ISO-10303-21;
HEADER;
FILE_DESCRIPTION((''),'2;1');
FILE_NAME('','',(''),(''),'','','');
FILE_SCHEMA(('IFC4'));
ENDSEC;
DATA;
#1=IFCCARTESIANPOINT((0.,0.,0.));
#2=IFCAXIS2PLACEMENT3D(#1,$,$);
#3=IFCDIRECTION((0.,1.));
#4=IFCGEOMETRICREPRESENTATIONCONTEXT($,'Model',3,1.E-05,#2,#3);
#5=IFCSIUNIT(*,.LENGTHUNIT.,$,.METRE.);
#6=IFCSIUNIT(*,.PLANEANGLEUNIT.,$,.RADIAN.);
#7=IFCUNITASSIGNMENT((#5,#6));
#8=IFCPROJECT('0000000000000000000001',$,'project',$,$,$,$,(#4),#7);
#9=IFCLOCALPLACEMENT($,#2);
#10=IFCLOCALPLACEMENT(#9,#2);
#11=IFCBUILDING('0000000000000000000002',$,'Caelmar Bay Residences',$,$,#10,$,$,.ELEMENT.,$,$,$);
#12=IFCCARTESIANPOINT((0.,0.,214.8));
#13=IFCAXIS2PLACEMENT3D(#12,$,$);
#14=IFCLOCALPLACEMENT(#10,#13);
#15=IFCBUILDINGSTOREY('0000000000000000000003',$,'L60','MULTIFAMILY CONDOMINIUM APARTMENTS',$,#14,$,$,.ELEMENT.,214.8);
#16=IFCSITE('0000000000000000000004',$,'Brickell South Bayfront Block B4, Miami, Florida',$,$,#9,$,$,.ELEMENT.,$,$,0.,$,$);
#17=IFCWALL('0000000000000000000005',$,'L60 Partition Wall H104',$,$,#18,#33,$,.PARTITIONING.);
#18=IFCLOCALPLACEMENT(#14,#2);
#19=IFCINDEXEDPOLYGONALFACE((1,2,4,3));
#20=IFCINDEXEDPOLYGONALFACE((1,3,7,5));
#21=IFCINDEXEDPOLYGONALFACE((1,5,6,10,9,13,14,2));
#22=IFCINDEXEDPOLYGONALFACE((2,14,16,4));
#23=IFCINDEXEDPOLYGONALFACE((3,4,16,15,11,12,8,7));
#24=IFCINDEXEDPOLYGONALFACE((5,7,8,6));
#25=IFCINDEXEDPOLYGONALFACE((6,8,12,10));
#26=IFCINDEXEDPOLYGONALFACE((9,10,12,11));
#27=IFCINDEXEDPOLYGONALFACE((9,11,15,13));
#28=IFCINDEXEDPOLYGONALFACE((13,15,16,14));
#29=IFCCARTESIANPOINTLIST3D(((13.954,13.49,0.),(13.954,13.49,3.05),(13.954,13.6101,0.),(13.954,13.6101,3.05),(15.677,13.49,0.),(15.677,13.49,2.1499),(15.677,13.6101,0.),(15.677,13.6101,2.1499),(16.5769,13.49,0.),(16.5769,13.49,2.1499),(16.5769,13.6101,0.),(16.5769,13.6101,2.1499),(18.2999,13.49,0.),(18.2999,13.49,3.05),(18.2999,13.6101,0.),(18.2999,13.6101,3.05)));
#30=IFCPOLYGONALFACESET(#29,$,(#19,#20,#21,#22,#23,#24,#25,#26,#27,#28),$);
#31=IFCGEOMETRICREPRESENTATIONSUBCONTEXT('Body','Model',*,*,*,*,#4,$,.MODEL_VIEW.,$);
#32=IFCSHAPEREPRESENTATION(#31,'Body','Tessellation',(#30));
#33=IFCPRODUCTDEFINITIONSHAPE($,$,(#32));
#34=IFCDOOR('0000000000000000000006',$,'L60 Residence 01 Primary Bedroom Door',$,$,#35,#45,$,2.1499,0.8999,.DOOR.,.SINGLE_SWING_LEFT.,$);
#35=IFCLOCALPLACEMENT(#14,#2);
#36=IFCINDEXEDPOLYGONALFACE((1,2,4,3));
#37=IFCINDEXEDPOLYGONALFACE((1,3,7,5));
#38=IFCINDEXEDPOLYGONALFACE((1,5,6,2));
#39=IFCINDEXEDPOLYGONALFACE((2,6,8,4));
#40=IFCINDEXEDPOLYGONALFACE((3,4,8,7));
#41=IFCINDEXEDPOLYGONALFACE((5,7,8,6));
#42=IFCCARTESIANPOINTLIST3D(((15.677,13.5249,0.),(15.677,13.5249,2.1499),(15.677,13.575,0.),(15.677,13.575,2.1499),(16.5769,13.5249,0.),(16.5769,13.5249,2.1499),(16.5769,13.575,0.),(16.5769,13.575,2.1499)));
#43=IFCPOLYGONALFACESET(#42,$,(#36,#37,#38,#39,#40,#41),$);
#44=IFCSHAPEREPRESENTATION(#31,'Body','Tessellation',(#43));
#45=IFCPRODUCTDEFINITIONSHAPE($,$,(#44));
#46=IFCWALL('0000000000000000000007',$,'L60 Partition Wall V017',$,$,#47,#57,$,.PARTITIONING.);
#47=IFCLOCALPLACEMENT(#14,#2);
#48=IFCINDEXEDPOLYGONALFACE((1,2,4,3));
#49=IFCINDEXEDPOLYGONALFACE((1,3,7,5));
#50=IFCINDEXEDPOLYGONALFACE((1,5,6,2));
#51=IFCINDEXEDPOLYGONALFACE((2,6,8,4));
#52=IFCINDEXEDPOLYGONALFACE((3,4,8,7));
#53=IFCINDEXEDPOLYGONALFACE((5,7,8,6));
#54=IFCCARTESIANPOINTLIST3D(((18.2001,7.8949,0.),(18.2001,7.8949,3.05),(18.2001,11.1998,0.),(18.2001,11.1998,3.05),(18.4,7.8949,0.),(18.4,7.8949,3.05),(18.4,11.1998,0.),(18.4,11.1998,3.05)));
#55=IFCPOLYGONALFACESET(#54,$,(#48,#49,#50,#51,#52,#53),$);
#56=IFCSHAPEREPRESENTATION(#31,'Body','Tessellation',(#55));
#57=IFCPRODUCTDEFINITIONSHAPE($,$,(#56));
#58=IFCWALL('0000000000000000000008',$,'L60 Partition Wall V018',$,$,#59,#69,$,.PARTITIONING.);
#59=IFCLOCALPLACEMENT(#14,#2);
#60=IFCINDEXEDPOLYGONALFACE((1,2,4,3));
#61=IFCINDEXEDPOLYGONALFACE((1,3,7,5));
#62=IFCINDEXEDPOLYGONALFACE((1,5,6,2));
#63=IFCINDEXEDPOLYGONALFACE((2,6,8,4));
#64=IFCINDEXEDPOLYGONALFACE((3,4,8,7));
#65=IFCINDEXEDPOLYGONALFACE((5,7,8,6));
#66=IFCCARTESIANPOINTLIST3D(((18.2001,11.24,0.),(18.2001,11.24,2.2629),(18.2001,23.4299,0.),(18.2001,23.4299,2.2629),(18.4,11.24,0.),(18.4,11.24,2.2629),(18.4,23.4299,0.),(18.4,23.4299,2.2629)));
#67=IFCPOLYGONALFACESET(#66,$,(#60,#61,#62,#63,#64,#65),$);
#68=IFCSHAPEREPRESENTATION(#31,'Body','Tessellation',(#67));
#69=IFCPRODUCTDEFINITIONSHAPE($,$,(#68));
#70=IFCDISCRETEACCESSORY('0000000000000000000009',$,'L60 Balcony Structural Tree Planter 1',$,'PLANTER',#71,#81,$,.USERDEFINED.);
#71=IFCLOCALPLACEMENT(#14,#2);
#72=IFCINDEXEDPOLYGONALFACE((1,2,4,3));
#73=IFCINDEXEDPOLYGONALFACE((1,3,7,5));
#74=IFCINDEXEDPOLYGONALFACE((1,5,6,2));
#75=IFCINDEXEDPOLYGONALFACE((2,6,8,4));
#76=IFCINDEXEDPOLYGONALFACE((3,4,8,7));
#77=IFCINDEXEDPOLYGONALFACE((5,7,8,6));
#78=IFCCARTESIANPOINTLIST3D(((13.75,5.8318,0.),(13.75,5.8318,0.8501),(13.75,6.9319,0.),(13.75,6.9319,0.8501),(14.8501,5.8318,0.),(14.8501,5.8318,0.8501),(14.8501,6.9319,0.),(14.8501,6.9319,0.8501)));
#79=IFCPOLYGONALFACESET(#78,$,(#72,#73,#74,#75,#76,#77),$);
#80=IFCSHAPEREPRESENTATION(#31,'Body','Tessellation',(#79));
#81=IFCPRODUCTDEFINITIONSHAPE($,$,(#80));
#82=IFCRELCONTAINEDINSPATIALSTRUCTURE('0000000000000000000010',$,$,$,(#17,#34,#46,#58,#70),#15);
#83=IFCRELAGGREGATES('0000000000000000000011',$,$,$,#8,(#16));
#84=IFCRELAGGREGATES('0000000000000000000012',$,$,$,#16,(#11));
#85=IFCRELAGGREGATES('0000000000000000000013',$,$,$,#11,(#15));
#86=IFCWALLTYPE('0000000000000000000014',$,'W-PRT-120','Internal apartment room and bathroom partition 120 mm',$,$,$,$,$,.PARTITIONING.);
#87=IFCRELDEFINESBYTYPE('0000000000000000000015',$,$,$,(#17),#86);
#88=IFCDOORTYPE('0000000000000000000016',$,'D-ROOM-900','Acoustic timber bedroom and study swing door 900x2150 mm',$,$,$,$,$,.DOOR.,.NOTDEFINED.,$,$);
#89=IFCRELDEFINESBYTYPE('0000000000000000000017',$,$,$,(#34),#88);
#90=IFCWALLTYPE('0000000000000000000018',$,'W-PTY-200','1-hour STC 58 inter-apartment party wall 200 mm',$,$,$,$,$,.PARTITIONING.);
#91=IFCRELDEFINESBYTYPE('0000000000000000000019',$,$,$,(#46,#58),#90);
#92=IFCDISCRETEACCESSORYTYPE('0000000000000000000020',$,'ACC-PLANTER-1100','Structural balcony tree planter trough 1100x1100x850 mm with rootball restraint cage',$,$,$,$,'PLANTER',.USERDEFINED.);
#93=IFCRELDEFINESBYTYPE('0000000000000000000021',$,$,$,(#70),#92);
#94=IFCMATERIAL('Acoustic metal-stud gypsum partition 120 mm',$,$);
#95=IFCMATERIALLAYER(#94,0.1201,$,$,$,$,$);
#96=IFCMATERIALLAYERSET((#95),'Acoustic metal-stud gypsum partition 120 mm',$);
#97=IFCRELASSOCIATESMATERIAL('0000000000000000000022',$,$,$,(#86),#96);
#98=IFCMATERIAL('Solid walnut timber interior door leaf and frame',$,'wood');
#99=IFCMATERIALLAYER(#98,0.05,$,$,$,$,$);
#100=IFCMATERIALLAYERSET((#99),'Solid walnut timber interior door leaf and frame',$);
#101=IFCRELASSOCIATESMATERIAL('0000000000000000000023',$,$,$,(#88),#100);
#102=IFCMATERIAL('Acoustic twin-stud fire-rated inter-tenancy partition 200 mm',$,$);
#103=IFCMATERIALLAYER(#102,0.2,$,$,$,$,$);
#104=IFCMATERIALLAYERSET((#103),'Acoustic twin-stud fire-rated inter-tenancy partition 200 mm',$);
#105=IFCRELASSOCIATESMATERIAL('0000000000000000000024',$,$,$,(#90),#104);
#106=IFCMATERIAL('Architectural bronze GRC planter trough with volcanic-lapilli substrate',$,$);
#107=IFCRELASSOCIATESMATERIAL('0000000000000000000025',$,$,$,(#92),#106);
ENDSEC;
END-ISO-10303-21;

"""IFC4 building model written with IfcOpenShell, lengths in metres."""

from ifc_helpers import new_model, si_unit, direction, frame, frame_2d, origin, origin_2d, place, context, subcontext, project, spatial, rectangle, extrude, material, layer, layer_set, type_object, element, fill, save


model = new_model("IFC4")

# Units and contexts
model_context = context("Model", 3, precision=1e-05, world=origin(), true_north=direction((0.0, 1.0)))
body_context = subcontext(model_context, "Body", "Model", "MODEL_VIEW")
ifc_project = project(units=[si_unit("LENGTHUNIT", "METRE"), si_unit("PLANEANGLEUNIT", "RADIAN")], contexts=[model_context])

# Site, building, storey
site_placement = place(None, origin())
site = spatial("IfcSite", under=ifc_project, at=site_placement, Name="Brickell South Bayfront Block B4, Miami, Florida", CompositionType="ELEMENT", RefElevation=0.0)
building_placement = place(site_placement, origin())
building = spatial("IfcBuilding", under=site, at=building_placement, Name="Caelmar Bay Residences", CompositionType="ELEMENT")
storey_placement = place(building_placement, frame((0.0, 0.0, 214.8)))
storey = spatial("IfcBuildingStorey", under=building, at=storey_placement, Name="L60", Description="MULTIFAMILY CONDOMINIUM APARTMENTS", CompositionType="ELEMENT", Elevation=214.8)

# Shared definitions
ifc_material_1 = material(Name="Acoustic metal-stud gypsum partition 120 mm")
ifc_layer_1 = layer(ifc_material_1, 0.1201)
ifc_layer_set_1 = layer_set([ifc_layer_1], Name="Acoustic metal-stud gypsum partition 120 mm")
wall_type_1 = type_object("IfcWallType", Name="W-PRT-120", Description="Internal apartment room and bathroom partition 120 mm", PredefinedType="PARTITIONING", material=ifc_layer_set_1)

# Wall, opening, door
wall_1_placement = place(storey_placement, frame((13.9541, 13.55, 0.0), z_axis=(0.0, 0.0, 1.0), x_axis=(1.0, 0.0, 0.0)))
wall_1 = element("IfcWall", 1, at=wall_1_placement, inside=storey, type_object=wall_type_1, Name="L60 Partition Wall H104", PredefinedType="PARTITIONING", context=body_context, shape_type="SweptSolid", body=[
    extrude(rectangle(XDim=4.3459, YDim=0.1201, at=frame_2d((2.1729, 0.0))), origin(), (0.0, 0.0, 1.0), 3.05),
])
opening_placement = place(wall_1_placement, frame((1.7229, 0.0, 0.0)))
opening = element("IfcOpeningElement", 2, at=opening_placement, cuts=wall_1, PredefinedType="OPENING", context=body_context, shape_type="SweptSolid", body=[
    extrude(rectangle(XDim=0.8999, YDim=2.1499, at=frame_2d((0.45, 1.075))), frame((0.0, 0.0701, 0.0), z_axis=(0.0, -1.0, 0.0), x_axis=(1.0, 0.0, 0.0)), (0.0, 0.0, 1.0), 0.1401),
])
ifc_material_2 = material(Name="Solid walnut timber interior door leaf and frame", Category="wood")
ifc_layer_2 = layer(ifc_material_2, 0.05)
ifc_layer_set_2 = layer_set([ifc_layer_2], Name="Solid walnut timber interior door leaf and frame")
door_type = type_object("IfcDoorType", Name="D-ROOM-900", Description="Acoustic timber bedroom and study swing door 900x2150 mm", OperationType="NOTDEFINED", PredefinedType="DOOR", material=ifc_layer_set_2)
door_placement = place(opening_placement, origin())
door = element("IfcDoor", 3, at=door_placement, inside=storey, type_object=door_type, Name="L60 Residence 01 Primary Bedroom Door", OperationType="SINGLE_SWING_LEFT", OverallHeight=2.1499, OverallWidth=0.8999, PredefinedType="DOOR", context=body_context, shape_type="SweptSolid", body=[
    extrude(rectangle(XDim=0.8999, YDim=2.1499, at=frame_2d((0.45, 1.075))), frame((0.0, 0.0249, 0.0), z_axis=(0.0, -1.0, 0.0), x_axis=(1.0, 0.0, 0.0)), (0.0, 0.0, 1.0), 0.05),
])
fill(opening, door)

# Walls
ifc_material_3 = material(Name="Acoustic twin-stud fire-rated inter-tenancy partition 200 mm")
ifc_layer_3 = layer(ifc_material_3, 0.2)
ifc_layer_set_3 = layer_set([ifc_layer_3], Name="Acoustic twin-stud fire-rated inter-tenancy partition 200 mm")
wall_type_2 = type_object("IfcWallType", Name="W-PTY-200", Description="1-hour STC 58 inter-apartment party wall 200 mm", PredefinedType="PARTITIONING", material=ifc_layer_set_3)
wall_2_placement = place(storey_placement, frame((18.3, 7.895, 0.0), z_axis=(0.0, 0.0, 1.0), x_axis=(0.0, 1.0, 0.0)))
element("IfcWall", 4, at=wall_2_placement, inside=storey, type_object=wall_type_2, Name="L60 Partition Wall V017", PredefinedType="PARTITIONING", context=body_context, shape_type="SweptSolid", body=[
    extrude(rectangle(XDim=3.3049, YDim=0.2, at=frame_2d((1.6523, 0.0))), origin(), (0.0, 0.0, 1.0), 3.05),
])
wall_3_placement = place(storey_placement, frame((18.3, 11.24, 0.0), z_axis=(0.0, 0.0, 1.0), x_axis=(0.0, 1.0, 0.0)))
element("IfcWall", 5, at=wall_3_placement, inside=storey, type_object=wall_type_2, Name="L60 Partition Wall V018", PredefinedType="PARTITIONING", context=body_context, shape_type="SweptSolid", body=[
    extrude(rectangle(XDim=12.1899, YDim=0.2, at=frame_2d((6.095, 0.0))), origin(), (0.0, 0.0, 1.0), 2.2629),
])

# Discrete accessory
ifc_material_4 = material(Name="Architectural bronze GRC planter trough with volcanic-lapilli substrate")
discrete_accessory_type = type_object("IfcDiscreteAccessoryType", Name="ACC-PLANTER-1100", Description="Structural balcony tree planter trough 1100x1100x850 mm with rootball restraint cage", ElementType="PLANTER", PredefinedType="USERDEFINED", material=ifc_material_4)
discrete_accessory_placement = place(storey_placement, frame((14.3, 6.3818, 0.0), z_axis=(0.0, 0.0, 1.0), x_axis=(1.0, 0.0, 0.0)))
element("IfcDiscreteAccessory", 6, at=discrete_accessory_placement, inside=storey, type_object=discrete_accessory_type, Name="L60 Balcony Structural Tree Planter 1", ObjectType="PLANTER", PredefinedType="USERDEFINED", context=body_context, shape_type="SweptSolid", body=[
    extrude(rectangle(XDim=1.1001, YDim=1.1001, at=origin_2d()), origin(), (0.0, 0.0, 1.0), 0.8501),
])

save(model, "model.ifc")
